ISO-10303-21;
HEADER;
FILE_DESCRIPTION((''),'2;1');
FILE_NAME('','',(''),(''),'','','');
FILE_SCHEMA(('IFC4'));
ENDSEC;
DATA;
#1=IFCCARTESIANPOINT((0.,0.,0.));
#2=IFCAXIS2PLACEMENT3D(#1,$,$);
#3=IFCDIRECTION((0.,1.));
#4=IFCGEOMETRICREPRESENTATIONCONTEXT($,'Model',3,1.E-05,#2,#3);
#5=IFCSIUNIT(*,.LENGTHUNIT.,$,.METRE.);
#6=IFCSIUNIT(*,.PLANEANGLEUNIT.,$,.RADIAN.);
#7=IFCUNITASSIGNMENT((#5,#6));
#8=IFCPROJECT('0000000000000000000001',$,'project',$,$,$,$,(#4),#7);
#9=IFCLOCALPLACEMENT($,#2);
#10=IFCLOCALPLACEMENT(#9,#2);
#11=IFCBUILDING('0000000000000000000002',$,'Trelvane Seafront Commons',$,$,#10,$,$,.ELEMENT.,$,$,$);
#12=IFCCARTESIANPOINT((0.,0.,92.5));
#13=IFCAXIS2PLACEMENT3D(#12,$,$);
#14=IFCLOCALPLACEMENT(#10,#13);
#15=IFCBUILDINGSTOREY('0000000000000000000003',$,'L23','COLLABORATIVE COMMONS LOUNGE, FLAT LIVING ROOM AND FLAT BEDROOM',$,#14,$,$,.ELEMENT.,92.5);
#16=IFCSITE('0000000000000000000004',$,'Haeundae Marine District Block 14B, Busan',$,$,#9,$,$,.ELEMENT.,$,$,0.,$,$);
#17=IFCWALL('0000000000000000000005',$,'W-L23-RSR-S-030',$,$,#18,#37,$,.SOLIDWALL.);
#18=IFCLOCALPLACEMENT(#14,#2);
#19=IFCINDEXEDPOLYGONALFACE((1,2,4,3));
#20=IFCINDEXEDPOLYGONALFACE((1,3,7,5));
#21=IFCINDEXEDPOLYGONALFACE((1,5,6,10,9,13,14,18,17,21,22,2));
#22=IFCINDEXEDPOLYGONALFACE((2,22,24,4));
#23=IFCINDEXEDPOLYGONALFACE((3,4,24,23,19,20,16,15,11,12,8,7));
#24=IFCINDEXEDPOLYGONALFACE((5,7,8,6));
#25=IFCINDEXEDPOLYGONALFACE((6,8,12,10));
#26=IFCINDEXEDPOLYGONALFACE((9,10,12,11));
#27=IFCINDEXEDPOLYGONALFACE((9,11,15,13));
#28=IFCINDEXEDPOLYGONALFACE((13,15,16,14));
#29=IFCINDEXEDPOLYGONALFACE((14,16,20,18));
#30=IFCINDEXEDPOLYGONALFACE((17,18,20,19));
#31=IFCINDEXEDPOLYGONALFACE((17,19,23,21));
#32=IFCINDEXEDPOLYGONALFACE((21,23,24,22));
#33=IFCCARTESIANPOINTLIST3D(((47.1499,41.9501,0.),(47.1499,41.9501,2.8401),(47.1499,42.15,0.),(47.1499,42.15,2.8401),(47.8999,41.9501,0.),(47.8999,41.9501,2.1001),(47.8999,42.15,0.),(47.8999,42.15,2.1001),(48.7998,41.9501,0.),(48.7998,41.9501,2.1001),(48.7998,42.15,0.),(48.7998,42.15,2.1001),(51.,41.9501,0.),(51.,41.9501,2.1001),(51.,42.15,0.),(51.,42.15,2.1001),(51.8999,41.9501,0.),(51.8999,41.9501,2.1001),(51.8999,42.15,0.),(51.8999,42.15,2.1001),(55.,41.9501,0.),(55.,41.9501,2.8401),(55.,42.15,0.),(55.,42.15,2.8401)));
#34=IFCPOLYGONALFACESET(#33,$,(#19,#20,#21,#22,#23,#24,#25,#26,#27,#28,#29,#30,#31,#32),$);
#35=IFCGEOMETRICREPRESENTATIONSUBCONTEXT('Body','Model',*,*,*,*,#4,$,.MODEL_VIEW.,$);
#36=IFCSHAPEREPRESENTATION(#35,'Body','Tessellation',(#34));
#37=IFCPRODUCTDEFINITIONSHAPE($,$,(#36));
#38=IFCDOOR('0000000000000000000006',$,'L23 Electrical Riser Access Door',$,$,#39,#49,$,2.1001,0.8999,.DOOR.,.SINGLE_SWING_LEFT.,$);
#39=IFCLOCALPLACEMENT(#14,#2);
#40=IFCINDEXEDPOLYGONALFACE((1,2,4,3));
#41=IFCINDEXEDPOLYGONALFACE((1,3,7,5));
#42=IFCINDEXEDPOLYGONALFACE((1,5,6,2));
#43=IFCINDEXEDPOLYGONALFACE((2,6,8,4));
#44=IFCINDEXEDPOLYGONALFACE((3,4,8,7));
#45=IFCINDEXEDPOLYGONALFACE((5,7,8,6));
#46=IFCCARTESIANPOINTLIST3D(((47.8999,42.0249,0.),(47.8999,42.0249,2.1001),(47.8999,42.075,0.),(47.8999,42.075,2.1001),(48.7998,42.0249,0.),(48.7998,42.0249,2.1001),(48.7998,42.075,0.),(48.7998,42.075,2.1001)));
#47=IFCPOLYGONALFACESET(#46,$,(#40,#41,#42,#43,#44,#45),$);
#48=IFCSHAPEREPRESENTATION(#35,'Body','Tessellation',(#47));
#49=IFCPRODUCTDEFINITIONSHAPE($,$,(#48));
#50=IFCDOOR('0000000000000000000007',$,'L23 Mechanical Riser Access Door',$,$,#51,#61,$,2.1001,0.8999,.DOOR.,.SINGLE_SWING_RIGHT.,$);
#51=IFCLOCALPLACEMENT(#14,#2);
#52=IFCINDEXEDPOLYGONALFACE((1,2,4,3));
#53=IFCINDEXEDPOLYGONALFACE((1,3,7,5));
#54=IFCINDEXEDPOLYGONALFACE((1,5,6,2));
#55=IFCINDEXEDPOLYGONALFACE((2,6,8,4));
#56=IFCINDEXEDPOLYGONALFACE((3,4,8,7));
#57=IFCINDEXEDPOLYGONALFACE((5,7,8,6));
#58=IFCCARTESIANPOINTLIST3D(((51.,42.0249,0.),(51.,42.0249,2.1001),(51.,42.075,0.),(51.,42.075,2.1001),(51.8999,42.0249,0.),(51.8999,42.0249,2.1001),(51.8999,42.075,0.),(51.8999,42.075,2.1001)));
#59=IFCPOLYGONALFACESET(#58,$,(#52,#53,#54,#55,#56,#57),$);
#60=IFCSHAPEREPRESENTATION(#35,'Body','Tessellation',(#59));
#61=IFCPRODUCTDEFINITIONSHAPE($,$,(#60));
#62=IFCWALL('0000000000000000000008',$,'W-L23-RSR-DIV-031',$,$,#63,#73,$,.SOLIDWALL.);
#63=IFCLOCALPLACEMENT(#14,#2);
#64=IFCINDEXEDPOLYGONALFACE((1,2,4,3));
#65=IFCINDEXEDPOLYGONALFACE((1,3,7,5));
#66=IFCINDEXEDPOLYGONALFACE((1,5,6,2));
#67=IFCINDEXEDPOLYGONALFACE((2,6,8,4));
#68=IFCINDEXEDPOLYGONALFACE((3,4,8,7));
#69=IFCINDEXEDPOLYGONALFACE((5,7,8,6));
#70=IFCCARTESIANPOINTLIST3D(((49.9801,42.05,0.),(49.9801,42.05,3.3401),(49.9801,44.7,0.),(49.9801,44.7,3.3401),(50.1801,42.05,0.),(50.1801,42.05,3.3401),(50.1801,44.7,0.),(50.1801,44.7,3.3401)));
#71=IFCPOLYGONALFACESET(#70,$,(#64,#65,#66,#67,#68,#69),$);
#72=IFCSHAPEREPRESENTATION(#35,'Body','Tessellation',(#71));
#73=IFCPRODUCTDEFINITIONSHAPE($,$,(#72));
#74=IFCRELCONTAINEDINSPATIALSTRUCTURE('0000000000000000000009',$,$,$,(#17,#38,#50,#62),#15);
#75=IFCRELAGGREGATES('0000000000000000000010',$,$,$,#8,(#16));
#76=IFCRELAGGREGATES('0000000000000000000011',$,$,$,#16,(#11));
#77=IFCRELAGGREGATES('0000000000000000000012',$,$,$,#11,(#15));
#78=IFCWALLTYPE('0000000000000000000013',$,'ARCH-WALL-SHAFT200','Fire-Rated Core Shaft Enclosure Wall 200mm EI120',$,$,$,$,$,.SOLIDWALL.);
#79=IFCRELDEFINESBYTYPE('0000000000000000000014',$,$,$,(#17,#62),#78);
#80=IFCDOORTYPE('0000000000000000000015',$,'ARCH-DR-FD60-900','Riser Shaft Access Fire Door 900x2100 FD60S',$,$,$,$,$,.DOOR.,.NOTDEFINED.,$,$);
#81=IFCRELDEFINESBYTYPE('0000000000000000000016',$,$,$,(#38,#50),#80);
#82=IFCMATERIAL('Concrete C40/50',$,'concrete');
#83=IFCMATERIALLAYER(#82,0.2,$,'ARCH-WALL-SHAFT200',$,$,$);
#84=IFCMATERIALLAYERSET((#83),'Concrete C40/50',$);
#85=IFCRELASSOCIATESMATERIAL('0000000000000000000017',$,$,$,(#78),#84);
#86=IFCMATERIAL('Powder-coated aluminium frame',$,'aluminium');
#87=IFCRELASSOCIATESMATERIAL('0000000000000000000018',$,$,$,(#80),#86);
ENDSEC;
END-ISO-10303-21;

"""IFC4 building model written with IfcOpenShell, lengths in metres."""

from ifc_helpers import new_model, si_unit, direction, frame, frame_2d, origin, place, context, subcontext, project, spatial, rectangle, extrude, source, transform, mapped, material, layer, layer_set, type_object, element, fill, save


model = new_model("IFC4")

# Units and contexts
model_context = context("Model", 3, precision=1e-05, world=origin(), true_north=direction((0.0, 1.0)))
body_context = subcontext(model_context, "Body", "Model", "MODEL_VIEW")
ifc_project = project(units=[si_unit("LENGTHUNIT", "METRE"), si_unit("PLANEANGLEUNIT", "RADIAN")], contexts=[model_context])

# Site, building, storey
site_placement = place(None, origin())
site = spatial("IfcSite", under=ifc_project, at=site_placement, Name="Haeundae Marine District Block 14B, Busan", CompositionType="ELEMENT", RefElevation=0.0)
building_placement = place(site_placement, origin())
building = spatial("IfcBuilding", under=site, at=building_placement, Name="Trelvane Seafront Commons", CompositionType="ELEMENT")
storey_placement = place(building_placement, frame((0.0, 0.0, 92.5)))
storey = spatial("IfcBuildingStorey", under=building, at=storey_placement, Name="L23", Description="COLLABORATIVE COMMONS LOUNGE, FLAT LIVING ROOM AND FLAT BEDROOM", CompositionType="ELEMENT", Elevation=92.5)

# Wall, openings, doors
ifc_material_1 = material(Name="Concrete C40/50", Category="concrete")
ifc_layer_1 = layer(ifc_material_1, 0.2, Name="ARCH-WALL-SHAFT200")
ifc_layer_set_1 = layer_set([ifc_layer_1], Name="Concrete C40/50")
wall_type_1 = type_object("IfcWallType", Name="ARCH-WALL-SHAFT200", Description="Fire-Rated Core Shaft Enclosure Wall 200mm EI120", PredefinedType="SOLIDWALL", material=ifc_layer_set_1)
wall_1_placement = place(storey_placement, frame((47.1499, 42.05, 0.0), z_axis=(0.0, 0.0, 1.0), x_axis=(1.0, 0.0, 0.0)))
wall_1 = element("IfcWall", 1, at=wall_1_placement, inside=storey, type_object=wall_type_1, Name="W-L23-RSR-S-030", PredefinedType="SOLIDWALL", context=body_context, shape_type="SweptSolid", body=[
    extrude(rectangle(XDim=7.8501, YDim=0.2, at=frame_2d((3.925, 0.0))), origin(), (0.0, 0.0, 1.0), 2.8401),
])
opening_1_placement = place(wall_1_placement, frame((0.75, 0.0, 0.0)))
opening_1 = element("IfcOpeningElement", 2, at=opening_1_placement, cuts=wall_1, PredefinedType="OPENING", context=body_context, shape_type="SweptSolid", body=[
    extrude(rectangle(XDim=0.8999, YDim=2.1001, at=frame_2d((0.45, 1.05))), frame((0.0, 0.1099, 0.0), z_axis=(0.0, -1.0, 0.0), x_axis=(1.0, 0.0, 0.0)), (0.0, 0.0, 1.0), 0.22),
])
opening_2_placement = place(wall_1_placement, frame((3.8501, 0.0, 0.0)))
opening_2 = element("IfcOpeningElement", 3, at=opening_2_placement, cuts=wall_1, PredefinedType="OPENING", context=body_context, shape_type="SweptSolid", body=[
    extrude(rectangle(XDim=0.8999, YDim=2.1001, at=frame_2d((0.45, 1.05))), frame((0.0, 0.1099, 0.0), z_axis=(0.0, -1.0, 0.0), x_axis=(1.0, 0.0, 0.0)), (0.0, 0.0, 1.0), 0.22),
])
ifc_material_2 = material(Name="Powder-coated aluminium frame", Category="aluminium")
door_type = type_object("IfcDoorType", Name="ARCH-DR-FD60-900", Description="Riser Shaft Access Fire Door 900x2100 FD60S", OperationType="NOTDEFINED", PredefinedType="DOOR", material=ifc_material_2)
shared_shape_1 = source(origin(), body_context, "Body", "SweptSolid", [
    extrude(rectangle(XDim=0.8999, YDim=2.1001, at=frame_2d((0.45, 1.05))), frame((0.0, 0.0249, 0.0), z_axis=(0.0, -1.0, 0.0), x_axis=(1.0, 0.0, 0.0)), (0.0, 0.0, 1.0), 0.05),
])
door_1_placement = place(opening_1_placement, origin())
door_1 = element("IfcDoor", 4, at=door_1_placement, inside=storey, type_object=door_type, Name="L23 Electrical Riser Access Door", OperationType="SINGLE_SWING_LEFT", OverallHeight=2.1001, OverallWidth=0.8999, PredefinedType="DOOR", context=body_context, shape_type="MappedRepresentation", body=[
    mapped(shared_shape_1, transform((0.0, 0.0, 0.0), x_axis=(1.0, 0.0, 0.0), y_axis=(0.0, 1.0, 0.0), z_axis=(0.0, 0.0, 1.0), scale=1.0)),
])
fill(opening_1, door_1)
door_2_placement = place(opening_2_placement, origin())
door_2 = element("IfcDoor", 5, at=door_2_placement, inside=storey, type_object=door_type, Name="L23 Mechanical Riser Access Door", OperationType="SINGLE_SWING_RIGHT", OverallHeight=2.1001, OverallWidth=0.8999, PredefinedType="DOOR", context=body_context, shape_type="MappedRepresentation", body=[
    mapped(shared_shape_1, transform((0.0, 0.0, 0.0), x_axis=(1.0, 0.0, 0.0), y_axis=(0.0, 1.0, 0.0), z_axis=(0.0, 0.0, 1.0), scale=1.0)),
])
fill(opening_2, door_2)

# Wall
wall_2_placement = place(storey_placement, frame((50.0801, 42.05, 0.0), z_axis=(0.0, 0.0, 1.0), x_axis=(0.0, 1.0, 0.0)))
element("IfcWall", 6, at=wall_2_placement, inside=storey, type_object=wall_type_1, Name="W-L23-RSR-DIV-031", PredefinedType="SOLIDWALL", context=body_context, shape_type="SweptSolid", body=[
    extrude(rectangle(XDim=2.6499, YDim=0.2, at=frame_2d((1.325, 0.0))), origin(), (0.0, 0.0, 1.0), 3.3401),
])

save(model, "model.ifc")
